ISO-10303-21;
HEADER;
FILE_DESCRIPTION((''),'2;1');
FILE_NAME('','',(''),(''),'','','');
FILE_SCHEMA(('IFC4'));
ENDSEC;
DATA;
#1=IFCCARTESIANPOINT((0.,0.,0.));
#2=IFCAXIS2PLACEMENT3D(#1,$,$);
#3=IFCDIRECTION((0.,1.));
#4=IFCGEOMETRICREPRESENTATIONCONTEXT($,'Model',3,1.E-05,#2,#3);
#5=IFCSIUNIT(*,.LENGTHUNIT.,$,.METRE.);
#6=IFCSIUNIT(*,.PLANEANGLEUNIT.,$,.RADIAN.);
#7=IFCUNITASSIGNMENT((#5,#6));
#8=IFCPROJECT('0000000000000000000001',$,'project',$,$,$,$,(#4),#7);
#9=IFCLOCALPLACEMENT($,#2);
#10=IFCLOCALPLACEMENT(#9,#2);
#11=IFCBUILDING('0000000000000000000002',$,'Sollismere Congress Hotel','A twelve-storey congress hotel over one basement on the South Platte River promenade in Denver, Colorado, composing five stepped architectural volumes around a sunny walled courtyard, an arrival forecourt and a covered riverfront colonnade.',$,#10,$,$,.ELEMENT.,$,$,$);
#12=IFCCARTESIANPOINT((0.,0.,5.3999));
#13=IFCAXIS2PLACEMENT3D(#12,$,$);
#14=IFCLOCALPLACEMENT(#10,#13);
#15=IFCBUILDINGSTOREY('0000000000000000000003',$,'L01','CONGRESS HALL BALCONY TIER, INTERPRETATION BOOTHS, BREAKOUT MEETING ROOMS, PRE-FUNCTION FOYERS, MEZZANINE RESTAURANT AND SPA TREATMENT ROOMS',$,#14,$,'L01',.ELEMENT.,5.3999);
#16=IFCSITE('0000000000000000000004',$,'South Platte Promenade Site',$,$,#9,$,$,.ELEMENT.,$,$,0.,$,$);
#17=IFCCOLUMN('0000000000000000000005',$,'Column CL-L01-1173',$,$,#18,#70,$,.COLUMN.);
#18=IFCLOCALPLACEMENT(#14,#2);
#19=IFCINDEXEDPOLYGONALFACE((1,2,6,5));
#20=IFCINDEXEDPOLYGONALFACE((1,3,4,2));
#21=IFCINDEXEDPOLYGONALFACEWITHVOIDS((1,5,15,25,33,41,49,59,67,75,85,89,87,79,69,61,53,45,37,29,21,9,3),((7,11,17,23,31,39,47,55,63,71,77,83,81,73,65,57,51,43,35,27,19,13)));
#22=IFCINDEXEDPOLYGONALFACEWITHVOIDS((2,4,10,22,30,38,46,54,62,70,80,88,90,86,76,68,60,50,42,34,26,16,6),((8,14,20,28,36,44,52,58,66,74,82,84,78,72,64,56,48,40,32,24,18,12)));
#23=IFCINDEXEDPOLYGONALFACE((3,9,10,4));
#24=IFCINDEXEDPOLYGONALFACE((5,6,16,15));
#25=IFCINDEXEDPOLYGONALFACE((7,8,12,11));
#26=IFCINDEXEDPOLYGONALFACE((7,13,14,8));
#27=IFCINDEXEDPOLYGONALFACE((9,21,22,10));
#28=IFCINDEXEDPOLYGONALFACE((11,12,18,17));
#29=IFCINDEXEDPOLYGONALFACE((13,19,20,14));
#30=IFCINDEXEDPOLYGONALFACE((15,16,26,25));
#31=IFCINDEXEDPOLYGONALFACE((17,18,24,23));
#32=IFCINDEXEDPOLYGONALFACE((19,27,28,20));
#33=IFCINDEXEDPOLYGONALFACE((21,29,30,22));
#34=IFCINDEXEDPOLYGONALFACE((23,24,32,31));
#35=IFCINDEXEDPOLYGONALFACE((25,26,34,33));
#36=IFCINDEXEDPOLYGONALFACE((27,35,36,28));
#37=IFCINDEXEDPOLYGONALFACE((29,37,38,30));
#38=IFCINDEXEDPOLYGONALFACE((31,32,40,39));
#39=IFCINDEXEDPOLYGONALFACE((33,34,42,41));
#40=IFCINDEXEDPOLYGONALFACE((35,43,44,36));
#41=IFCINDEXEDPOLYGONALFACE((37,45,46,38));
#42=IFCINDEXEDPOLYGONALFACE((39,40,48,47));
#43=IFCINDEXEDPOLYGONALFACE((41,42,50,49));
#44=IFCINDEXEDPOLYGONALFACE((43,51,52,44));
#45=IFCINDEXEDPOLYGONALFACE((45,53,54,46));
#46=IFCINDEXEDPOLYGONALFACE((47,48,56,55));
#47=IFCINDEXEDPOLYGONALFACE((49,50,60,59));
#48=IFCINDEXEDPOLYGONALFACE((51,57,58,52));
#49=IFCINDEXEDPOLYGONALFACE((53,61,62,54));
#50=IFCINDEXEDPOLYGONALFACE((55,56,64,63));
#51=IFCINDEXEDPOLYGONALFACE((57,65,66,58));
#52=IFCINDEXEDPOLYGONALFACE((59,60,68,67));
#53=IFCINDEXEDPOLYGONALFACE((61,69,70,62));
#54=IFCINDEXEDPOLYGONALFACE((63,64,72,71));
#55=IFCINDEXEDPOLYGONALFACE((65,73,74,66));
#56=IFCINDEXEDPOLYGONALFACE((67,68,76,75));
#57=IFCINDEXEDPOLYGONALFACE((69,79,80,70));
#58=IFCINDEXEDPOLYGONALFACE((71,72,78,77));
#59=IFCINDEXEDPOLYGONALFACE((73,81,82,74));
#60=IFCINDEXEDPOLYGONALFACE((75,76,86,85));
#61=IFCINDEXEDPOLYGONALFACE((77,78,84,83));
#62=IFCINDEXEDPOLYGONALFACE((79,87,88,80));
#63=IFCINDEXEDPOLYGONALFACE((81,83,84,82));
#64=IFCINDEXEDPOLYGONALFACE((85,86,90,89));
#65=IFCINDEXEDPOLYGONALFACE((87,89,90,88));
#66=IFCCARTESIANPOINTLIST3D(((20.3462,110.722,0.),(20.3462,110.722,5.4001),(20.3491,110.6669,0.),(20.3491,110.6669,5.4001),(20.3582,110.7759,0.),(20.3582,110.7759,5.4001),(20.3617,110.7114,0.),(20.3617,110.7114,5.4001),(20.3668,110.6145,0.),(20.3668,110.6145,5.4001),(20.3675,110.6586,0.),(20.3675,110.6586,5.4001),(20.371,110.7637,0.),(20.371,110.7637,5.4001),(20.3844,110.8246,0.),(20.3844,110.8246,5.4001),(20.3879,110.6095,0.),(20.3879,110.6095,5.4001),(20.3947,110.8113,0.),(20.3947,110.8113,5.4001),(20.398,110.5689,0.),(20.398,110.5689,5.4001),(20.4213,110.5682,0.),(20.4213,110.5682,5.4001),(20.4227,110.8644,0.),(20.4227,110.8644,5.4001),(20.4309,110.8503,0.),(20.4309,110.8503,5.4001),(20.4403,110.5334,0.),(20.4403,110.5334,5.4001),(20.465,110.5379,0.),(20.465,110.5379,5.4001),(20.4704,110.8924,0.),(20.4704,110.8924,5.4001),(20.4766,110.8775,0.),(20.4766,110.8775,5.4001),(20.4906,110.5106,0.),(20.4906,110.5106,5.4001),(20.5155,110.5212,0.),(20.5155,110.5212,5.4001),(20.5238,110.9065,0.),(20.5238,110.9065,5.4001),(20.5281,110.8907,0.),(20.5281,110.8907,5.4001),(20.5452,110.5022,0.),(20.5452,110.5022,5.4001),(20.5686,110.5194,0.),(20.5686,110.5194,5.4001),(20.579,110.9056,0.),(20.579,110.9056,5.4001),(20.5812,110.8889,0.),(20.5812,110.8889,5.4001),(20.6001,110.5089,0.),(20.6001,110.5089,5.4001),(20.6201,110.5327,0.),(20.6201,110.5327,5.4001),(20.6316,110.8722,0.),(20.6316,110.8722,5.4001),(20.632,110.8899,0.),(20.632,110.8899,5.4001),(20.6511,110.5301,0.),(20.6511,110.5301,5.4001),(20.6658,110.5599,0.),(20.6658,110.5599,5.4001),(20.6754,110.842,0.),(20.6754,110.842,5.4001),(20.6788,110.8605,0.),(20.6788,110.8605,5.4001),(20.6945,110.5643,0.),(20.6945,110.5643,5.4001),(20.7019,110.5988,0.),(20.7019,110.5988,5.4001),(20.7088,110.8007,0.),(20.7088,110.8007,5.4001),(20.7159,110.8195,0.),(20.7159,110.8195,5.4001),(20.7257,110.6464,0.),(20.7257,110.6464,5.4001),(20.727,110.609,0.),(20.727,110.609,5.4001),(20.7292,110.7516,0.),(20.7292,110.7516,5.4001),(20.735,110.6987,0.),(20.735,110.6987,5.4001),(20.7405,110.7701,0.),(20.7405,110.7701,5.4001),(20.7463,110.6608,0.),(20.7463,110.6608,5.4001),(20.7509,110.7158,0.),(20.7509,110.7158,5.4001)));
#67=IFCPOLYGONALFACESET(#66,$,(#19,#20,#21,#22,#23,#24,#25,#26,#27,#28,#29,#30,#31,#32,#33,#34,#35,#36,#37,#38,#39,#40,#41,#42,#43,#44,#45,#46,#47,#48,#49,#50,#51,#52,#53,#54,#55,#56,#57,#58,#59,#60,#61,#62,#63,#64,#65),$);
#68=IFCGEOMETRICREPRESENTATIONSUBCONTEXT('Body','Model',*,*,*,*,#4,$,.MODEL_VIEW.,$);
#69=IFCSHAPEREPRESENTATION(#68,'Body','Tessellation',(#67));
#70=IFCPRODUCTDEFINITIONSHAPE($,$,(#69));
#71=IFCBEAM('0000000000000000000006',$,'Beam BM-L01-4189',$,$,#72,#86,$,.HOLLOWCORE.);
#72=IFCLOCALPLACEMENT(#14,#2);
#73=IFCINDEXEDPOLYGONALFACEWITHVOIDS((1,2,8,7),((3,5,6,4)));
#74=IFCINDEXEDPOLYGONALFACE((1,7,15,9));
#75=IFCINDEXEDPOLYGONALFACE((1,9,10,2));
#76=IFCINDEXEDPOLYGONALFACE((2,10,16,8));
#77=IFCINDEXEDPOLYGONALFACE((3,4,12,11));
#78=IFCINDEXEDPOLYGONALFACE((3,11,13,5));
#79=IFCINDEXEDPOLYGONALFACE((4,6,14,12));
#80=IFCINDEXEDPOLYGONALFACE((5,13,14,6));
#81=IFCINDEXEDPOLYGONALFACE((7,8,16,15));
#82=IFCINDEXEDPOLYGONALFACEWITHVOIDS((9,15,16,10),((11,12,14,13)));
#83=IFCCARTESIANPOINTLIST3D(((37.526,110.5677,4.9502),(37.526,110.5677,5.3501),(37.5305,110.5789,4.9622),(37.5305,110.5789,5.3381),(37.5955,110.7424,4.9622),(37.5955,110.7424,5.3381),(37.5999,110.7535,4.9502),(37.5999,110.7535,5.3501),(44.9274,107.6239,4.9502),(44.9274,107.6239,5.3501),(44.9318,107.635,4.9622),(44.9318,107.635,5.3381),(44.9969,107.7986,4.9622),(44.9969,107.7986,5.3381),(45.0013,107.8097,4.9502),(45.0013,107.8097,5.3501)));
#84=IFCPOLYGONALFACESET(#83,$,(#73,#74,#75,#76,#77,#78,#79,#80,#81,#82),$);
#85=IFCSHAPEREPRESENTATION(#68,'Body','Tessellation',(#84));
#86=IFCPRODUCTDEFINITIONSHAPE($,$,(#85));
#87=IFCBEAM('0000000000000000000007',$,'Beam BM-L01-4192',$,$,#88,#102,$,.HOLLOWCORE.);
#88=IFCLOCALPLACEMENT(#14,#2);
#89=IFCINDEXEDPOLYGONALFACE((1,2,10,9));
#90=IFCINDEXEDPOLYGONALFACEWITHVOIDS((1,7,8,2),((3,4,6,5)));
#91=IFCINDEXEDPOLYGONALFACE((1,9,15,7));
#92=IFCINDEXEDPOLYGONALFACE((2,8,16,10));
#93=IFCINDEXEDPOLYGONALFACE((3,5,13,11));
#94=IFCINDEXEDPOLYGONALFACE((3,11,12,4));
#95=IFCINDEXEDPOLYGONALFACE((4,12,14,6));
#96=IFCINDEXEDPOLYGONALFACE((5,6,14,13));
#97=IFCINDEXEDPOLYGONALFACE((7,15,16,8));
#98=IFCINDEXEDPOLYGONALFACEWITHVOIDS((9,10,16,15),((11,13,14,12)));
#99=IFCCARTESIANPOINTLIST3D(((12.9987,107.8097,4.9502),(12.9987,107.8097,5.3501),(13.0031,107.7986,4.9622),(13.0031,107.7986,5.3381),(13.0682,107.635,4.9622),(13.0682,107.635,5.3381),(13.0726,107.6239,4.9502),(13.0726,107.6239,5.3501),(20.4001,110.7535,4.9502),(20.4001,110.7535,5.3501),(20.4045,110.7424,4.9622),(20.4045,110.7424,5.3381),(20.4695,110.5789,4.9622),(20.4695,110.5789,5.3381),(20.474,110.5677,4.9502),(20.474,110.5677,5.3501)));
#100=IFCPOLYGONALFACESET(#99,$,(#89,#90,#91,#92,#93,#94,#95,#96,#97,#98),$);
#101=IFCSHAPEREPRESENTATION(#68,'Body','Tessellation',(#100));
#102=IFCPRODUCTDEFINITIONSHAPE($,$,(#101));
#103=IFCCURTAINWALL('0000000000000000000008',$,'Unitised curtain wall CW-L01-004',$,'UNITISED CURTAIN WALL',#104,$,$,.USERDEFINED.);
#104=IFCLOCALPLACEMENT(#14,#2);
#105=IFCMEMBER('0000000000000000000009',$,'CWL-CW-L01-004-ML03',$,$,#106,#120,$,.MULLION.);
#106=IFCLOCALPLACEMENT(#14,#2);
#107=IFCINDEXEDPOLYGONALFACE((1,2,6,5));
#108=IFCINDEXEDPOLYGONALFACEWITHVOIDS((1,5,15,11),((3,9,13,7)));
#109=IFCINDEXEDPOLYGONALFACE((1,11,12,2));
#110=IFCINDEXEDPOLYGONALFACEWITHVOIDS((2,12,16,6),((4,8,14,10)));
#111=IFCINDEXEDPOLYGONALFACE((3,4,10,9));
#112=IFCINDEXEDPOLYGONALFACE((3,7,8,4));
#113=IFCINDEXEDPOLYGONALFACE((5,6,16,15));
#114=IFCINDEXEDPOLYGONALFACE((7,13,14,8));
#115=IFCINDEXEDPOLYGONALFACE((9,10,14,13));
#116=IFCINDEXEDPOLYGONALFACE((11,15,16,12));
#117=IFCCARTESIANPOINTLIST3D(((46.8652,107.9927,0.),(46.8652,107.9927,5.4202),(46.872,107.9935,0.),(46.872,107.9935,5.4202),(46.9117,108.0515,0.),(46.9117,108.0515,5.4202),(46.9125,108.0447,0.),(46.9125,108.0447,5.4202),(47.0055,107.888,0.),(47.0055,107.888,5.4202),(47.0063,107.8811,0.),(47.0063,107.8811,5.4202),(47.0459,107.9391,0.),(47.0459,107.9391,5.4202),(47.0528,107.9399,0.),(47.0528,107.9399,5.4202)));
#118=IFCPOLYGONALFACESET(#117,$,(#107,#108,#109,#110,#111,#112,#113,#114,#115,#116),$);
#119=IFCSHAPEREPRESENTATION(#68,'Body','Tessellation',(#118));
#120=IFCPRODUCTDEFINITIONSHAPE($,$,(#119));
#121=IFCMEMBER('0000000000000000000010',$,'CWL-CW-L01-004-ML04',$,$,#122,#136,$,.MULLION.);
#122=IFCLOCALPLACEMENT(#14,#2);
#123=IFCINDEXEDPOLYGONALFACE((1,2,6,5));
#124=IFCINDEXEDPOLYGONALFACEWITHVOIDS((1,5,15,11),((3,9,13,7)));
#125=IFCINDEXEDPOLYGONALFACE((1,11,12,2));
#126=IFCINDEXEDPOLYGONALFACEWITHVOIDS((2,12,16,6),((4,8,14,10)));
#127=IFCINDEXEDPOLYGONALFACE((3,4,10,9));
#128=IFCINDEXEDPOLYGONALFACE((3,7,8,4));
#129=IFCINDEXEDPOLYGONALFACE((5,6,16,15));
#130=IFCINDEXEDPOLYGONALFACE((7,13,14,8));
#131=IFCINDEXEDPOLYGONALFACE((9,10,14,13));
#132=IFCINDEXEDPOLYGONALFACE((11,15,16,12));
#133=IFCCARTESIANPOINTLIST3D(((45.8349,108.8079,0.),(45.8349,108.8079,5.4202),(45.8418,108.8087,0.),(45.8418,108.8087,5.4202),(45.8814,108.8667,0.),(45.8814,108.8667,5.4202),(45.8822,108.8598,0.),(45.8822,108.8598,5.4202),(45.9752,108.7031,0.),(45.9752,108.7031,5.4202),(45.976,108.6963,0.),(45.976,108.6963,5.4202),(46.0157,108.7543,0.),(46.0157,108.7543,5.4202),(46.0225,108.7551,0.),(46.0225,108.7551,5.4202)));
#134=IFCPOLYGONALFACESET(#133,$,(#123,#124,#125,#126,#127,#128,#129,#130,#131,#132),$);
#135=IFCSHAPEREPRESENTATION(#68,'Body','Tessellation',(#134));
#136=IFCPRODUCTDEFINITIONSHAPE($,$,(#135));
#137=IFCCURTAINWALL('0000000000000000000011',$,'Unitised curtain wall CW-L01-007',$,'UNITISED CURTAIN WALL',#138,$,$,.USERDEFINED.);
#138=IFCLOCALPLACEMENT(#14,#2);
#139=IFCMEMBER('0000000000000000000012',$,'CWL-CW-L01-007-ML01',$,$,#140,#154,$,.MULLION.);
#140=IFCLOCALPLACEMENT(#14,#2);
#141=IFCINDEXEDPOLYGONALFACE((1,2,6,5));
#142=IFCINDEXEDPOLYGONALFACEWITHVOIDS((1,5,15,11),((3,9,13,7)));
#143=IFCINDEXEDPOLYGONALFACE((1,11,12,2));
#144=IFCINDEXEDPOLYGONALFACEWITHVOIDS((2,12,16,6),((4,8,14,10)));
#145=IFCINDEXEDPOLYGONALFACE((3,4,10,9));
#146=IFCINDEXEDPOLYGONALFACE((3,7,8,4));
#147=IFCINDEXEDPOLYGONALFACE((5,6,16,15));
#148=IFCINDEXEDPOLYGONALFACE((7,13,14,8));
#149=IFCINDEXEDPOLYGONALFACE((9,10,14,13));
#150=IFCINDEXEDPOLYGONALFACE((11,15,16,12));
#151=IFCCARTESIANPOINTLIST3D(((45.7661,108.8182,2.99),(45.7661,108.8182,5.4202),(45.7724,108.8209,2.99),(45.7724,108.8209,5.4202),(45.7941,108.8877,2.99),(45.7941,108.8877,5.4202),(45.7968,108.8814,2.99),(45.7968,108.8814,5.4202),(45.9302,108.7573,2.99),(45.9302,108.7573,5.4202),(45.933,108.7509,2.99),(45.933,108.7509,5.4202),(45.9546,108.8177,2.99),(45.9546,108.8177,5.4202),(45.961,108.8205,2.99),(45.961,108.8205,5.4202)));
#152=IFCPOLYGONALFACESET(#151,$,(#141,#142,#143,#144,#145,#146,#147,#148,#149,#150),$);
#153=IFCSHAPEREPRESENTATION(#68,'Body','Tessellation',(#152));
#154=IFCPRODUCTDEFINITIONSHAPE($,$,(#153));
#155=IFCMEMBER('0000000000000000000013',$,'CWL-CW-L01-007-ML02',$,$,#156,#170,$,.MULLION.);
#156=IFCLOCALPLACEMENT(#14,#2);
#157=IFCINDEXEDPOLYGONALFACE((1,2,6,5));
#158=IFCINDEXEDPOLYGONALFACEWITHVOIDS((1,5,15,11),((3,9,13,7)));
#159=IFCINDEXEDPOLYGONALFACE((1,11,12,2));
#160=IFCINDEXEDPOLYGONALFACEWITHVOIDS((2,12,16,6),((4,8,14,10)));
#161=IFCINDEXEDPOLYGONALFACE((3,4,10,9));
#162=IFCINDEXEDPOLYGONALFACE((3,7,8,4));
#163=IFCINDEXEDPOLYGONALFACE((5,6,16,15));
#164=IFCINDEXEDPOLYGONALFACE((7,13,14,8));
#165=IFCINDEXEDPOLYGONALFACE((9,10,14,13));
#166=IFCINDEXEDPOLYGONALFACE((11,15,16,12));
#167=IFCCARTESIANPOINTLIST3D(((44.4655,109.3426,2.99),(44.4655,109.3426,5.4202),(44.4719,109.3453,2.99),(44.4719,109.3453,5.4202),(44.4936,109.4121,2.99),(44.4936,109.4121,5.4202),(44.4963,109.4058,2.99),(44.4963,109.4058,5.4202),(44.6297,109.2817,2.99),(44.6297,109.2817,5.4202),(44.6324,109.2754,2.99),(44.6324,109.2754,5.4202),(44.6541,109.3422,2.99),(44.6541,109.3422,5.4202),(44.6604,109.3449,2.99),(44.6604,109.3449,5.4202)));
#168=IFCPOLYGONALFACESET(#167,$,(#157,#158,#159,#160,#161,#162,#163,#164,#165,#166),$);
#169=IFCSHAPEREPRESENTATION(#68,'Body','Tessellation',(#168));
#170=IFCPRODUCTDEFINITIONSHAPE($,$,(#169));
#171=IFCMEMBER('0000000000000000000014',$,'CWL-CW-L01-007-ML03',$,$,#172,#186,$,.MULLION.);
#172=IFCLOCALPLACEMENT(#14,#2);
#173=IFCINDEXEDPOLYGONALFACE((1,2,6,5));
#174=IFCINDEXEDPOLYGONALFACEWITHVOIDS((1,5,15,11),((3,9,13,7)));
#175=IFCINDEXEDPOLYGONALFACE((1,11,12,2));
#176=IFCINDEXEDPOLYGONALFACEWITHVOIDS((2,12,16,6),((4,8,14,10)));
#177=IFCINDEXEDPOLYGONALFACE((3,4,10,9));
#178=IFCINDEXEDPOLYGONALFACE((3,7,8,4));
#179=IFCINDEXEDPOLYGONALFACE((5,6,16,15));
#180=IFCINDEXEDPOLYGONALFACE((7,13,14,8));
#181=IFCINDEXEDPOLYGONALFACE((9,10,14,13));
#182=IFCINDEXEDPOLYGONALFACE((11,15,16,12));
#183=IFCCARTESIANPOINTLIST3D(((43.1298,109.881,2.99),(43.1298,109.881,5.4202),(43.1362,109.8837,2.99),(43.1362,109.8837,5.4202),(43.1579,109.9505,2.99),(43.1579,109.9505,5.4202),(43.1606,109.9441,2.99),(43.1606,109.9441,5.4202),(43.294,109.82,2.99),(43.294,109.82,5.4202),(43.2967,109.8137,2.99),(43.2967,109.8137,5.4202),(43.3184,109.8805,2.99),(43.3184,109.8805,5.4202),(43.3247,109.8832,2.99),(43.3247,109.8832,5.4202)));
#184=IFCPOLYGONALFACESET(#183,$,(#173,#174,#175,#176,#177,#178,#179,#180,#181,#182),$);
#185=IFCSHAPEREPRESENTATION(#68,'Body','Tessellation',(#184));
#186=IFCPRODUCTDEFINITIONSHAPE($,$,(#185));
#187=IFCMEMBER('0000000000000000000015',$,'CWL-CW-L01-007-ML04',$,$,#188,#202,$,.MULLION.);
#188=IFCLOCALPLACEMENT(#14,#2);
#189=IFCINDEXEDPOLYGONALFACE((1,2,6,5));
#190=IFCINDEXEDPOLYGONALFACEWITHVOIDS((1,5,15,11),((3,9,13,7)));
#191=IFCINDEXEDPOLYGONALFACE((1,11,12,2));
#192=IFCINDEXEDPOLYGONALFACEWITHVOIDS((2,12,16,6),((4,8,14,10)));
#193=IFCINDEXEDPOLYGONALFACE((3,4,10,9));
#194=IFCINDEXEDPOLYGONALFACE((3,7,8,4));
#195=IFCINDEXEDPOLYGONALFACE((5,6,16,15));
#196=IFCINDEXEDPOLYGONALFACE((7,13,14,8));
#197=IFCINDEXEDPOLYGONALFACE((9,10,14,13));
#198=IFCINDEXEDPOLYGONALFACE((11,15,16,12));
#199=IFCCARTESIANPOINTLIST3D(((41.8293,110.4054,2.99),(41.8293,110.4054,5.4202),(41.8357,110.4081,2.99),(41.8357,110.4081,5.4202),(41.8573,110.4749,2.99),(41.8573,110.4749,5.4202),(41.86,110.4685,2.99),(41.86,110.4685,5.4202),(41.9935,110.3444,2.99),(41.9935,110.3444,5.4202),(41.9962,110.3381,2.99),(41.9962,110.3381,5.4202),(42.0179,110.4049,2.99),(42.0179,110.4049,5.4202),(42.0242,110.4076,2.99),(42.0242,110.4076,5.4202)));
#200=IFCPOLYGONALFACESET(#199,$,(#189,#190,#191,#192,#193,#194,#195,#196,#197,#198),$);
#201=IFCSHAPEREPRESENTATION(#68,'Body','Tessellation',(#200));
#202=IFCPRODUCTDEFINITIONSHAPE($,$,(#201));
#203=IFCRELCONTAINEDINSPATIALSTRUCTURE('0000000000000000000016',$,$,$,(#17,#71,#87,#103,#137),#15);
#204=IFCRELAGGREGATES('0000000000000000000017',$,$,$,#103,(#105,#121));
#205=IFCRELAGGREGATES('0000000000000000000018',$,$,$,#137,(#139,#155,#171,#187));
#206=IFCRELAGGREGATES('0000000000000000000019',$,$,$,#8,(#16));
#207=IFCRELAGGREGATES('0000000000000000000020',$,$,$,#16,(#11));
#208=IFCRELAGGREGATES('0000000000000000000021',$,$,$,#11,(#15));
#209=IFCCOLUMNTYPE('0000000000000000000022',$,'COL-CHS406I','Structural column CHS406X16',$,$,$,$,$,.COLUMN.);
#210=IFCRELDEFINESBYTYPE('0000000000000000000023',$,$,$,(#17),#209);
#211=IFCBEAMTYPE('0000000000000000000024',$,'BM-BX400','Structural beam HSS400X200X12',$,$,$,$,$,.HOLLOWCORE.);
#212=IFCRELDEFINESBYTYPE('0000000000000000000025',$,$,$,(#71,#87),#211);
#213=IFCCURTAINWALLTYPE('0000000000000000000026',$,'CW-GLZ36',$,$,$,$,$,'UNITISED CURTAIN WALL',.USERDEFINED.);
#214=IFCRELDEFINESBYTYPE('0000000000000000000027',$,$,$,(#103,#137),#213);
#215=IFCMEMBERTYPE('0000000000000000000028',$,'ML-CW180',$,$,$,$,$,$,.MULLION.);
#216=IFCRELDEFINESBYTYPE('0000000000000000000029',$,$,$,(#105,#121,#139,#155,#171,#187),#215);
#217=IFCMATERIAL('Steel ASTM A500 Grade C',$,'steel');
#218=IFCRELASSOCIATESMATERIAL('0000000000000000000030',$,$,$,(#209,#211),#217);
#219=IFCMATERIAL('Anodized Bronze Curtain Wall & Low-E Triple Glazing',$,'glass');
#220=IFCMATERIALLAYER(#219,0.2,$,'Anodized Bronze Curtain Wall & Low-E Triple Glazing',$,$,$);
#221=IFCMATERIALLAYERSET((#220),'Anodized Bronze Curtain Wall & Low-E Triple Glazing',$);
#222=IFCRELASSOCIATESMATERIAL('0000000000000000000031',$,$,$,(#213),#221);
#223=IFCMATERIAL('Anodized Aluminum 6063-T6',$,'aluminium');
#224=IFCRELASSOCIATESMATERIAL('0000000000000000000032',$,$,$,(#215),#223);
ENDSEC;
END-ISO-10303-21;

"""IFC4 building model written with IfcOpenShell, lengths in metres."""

from ifc_helpers import new_model, si_unit, direction, frame, origin, origin_2d, place, context, subcontext, project, spatial, hollow_rectangle, hollow_circle, extrude, material, layer, layer_set, material_profile, profile_set, type_object, element, aggregate, save


model = new_model("IFC4")

# Units and contexts
model_context = context("Model", 3, precision=1e-05, world=origin(), true_north=direction((0.0, 1.0)))
body_context = subcontext(model_context, "Body", "Model", "MODEL_VIEW")
ifc_project = project(units=[si_unit("LENGTHUNIT", "METRE"), si_unit("PLANEANGLEUNIT", "RADIAN")], contexts=[model_context])

# Site, building, storey
site_placement = place(None, origin())
site = spatial("IfcSite", under=ifc_project, at=site_placement, Name="South Platte Promenade Site", CompositionType="ELEMENT", RefElevation=0.0)
building_placement = place(site_placement, origin())
building = spatial("IfcBuilding", under=site, at=building_placement, Name="Sollismere Congress Hotel", Description="A twelve-storey congress hotel over one basement on the South Platte River promenade in Denver, Colorado, composing five stepped architectural volumes around a sunny walled courtyard, an arrival forecourt and a covered riverfront colonnade.", CompositionType="ELEMENT")
storey_placement = place(building_placement, frame((0.0, 0.0, 5.3999)))
storey = spatial("IfcBuildingStorey", under=building, at=storey_placement, Name="L01", Description="CONGRESS HALL BALCONY TIER, INTERPRETATION BOOTHS, BREAKOUT MEETING ROOMS, PRE-FUNCTION FOYERS, MEZZANINE RESTAURANT AND SPA TREATMENT ROOMS", LongName="L01", CompositionType="ELEMENT", Elevation=5.3999)

# Column
ifc_material_1 = material(Name="Steel ASTM A500 Grade C", Category="steel")
ifc_material_profile_1 = material_profile(ifc_material_1, hollow_circle(Radius=0.2029, WallThickness=0.0161, at=origin_2d()), Name="CHS406X16")
ifc_profile_set_1 = profile_set([ifc_material_profile_1], Name="Steel ASTM A500 Grade C")
column_type = type_object("IfcColumnType", Name="COL-CHS406I", Description="Structural column CHS406X16", PredefinedType="COLUMN", material=ifc_profile_set_1)
column_placement = place(storey_placement, frame((20.5483, 110.7051, 0.0), z_axis=(0.0, 0.0, 1.0), x_axis=(-0.384295, 0.92321, 0.0)))
element("IfcColumn", 1, at=column_placement, inside=storey, type_object=column_type, Name="Column CL-L01-1173", PredefinedType="COLUMN", context=body_context, shape_type="SweptSolid", body=[
    extrude(hollow_circle(Radius=0.2029, WallThickness=0.0161, at=origin_2d()), origin(), (0.0, 0.0, 1.0), 5.4001),
])

# Beams
ifc_material_profile_2 = material_profile(ifc_material_1, hollow_rectangle(XDim=0.2, YDim=0.3999, WallThickness=0.012, at=origin_2d()), Name="HSS400X200X12")
ifc_profile_set_2 = profile_set([ifc_material_profile_2], Name="Steel ASTM A500 Grade C")
beam_type = type_object("IfcBeamType", Name="BM-BX400", Description="Structural beam HSS400X200X12", PredefinedType="HOLLOWCORE", material=ifc_profile_set_2)
for number, where, z_axis, x_axis, name in (
    (2, (44.9644, 107.7168, 5.1501), (-0.929198, 0.369583, 0.0), (-0.369583, -0.929198, 0.0), "Beam BM-L01-4189"),
    (3, (20.437, 110.6606, 5.1501), (-0.929198, -0.369583, 0.0), (0.369583, -0.929198, 0.0), "Beam BM-L01-4192"),
):
    element("IfcBeam", number, at=place(storey_placement, frame(where, z_axis=z_axis, x_axis=x_axis)), inside=storey, type_object=beam_type, Name=name, PredefinedType="HOLLOWCORE", context=body_context, shape_type="SweptSolid", body=[
        extrude(hollow_rectangle(XDim=0.2, YDim=0.3999, WallThickness=0.012, at=origin_2d()), origin(), (0.0, 0.0, 1.0), 7.9653),
    ])

# Curtain walls, members
ifc_material_2 = material(Name="Anodized Bronze Curtain Wall & Low-E Triple Glazing", Category="glass")
ifc_layer_1 = layer(ifc_material_2, 0.2, Name="Anodized Bronze Curtain Wall & Low-E Triple Glazing")
ifc_layer_set_1 = layer_set([ifc_layer_1], Name="Anodized Bronze Curtain Wall & Low-E Triple Glazing")
curtain_wall_type = type_object("IfcCurtainWallType", Name="CW-GLZ36", ElementType="UNITISED CURTAIN WALL", PredefinedType="USERDEFINED", material=ifc_layer_set_1)
curtain_wall_1_placement = place(storey_placement, origin())
curtain_wall_1 = element("IfcCurtainWall", 4, at=curtain_wall_1_placement, inside=storey, type_object=curtain_wall_type, Name="Unitised curtain wall CW-L01-004", ObjectType="UNITISED CURTAIN WALL", PredefinedType="USERDEFINED")
ifc_material_3 = material(Name="Anodized Aluminum 6063-T6", Category="aluminium")
ifc_material_profile_3 = material_profile(ifc_material_3, hollow_rectangle(XDim=0.075, YDim=0.1799, WallThickness=0.0049, at=origin_2d()), Name="ALU180X75X5")
ifc_profile_set_3 = profile_set([ifc_material_profile_3], Name="Anodized Aluminum 6063-T6")
member_type_1 = type_object("IfcMemberType", Name="ML-CW180", PredefinedType="MULLION", material=ifc_profile_set_3)
member_1_placement = place(storey_placement, frame((46.959, 107.9663, 0.0), z_axis=(0.0, 0.0, 1.0), x_axis=(-0.620532, -0.784181, 0.0)))
member_1 = element("IfcMember", 5, at=member_1_placement, type_object=member_type_1, Name="CWL-CW-L01-004-ML03", PredefinedType="MULLION", context=body_context, shape_type="SweptSolid", body=[
    extrude(hollow_rectangle(XDim=0.075, YDim=0.1799, WallThickness=0.0049, at=origin_2d()), origin(), (0.0, 0.0, 1.0), 5.4202),
])
member_2_placement = place(storey_placement, frame((45.9287, 108.7815, 0.0), z_axis=(0.0, 0.0, 1.0), x_axis=(-0.620532, -0.784181, 0.0)))
member_2 = element("IfcMember", 6, at=member_2_placement, type_object=member_type_1, Name="CWL-CW-L01-004-ML04", PredefinedType="MULLION", context=body_context, shape_type="SweptSolid", body=[
    extrude(hollow_rectangle(XDim=0.075, YDim=0.1799, WallThickness=0.0049, at=origin_2d()), origin(), (0.0, 0.0, 1.0), 5.4202),
])
curtain_wall_2_placement = place(storey_placement, origin())
curtain_wall_2 = element("IfcCurtainWall", 7, at=curtain_wall_2_placement, inside=storey, type_object=curtain_wall_type, Name="Unitised curtain wall CW-L01-007", ObjectType="UNITISED CURTAIN WALL", PredefinedType="USERDEFINED")
member_3_placement = place(storey_placement, frame((45.8635, 108.8193, 2.99), z_axis=(0.0, 0.0, 1.0), x_axis=(-0.373943, -0.927452, 0.0)))
member_3 = element("IfcMember", 8, at=member_3_placement, type_object=member_type_1, Name="CWL-CW-L01-007-ML01", PredefinedType="MULLION", context=body_context, shape_type="SweptSolid", body=[
    extrude(hollow_rectangle(XDim=0.075, YDim=0.1799, WallThickness=0.0049, at=origin_2d()), origin(), (0.0, 0.0, 1.0), 2.4302),
])
member_4_placement = place(storey_placement, frame((44.563, 109.3438, 2.99), z_axis=(0.0, 0.0, 1.0), x_axis=(-0.373943, -0.927452, 0.0)))
member_4 = element("IfcMember", 9, at=member_4_placement, type_object=member_type_1, Name="CWL-CW-L01-007-ML02", PredefinedType="MULLION", context=body_context, shape_type="SweptSolid", body=[
    extrude(hollow_rectangle(XDim=0.075, YDim=0.1799, WallThickness=0.0049, at=origin_2d()), origin(), (0.0, 0.0, 1.0), 2.4302),
])
member_5_placement = place(storey_placement, frame((43.2273, 109.8821, 2.99), z_axis=(0.0, 0.0, 1.0), x_axis=(-0.373943, -0.927452, 0.0)))
member_5 = element("IfcMember", 10, at=member_5_placement, type_object=member_type_1, Name="CWL-CW-L01-007-ML03", PredefinedType="MULLION", context=body_context, shape_type="SweptSolid", body=[
    extrude(hollow_rectangle(XDim=0.075, YDim=0.1799, WallThickness=0.0049, at=origin_2d()), origin(), (0.0, 0.0, 1.0), 2.4302),
])
member_6_placement = place(storey_placement, frame((41.9268, 110.4065, 2.99), z_axis=(0.0, 0.0, 1.0), x_axis=(-0.373943, -0.927452, 0.0)))
member_6 = element("IfcMember", 11, at=member_6_placement, type_object=member_type_1, Name="CWL-CW-L01-007-ML04", PredefinedType="MULLION", context=body_context, shape_type="SweptSolid", body=[
    extrude(hollow_rectangle(XDim=0.075, YDim=0.1799, WallThickness=0.0049, at=origin_2d()), origin(), (0.0, 0.0, 1.0), 2.4302),
])

aggregate(curtain_wall_1, [member_1, member_2])
aggregate(curtain_wall_2, [member_3, member_4, member_5, member_6])

save(model, "model.ifc")
